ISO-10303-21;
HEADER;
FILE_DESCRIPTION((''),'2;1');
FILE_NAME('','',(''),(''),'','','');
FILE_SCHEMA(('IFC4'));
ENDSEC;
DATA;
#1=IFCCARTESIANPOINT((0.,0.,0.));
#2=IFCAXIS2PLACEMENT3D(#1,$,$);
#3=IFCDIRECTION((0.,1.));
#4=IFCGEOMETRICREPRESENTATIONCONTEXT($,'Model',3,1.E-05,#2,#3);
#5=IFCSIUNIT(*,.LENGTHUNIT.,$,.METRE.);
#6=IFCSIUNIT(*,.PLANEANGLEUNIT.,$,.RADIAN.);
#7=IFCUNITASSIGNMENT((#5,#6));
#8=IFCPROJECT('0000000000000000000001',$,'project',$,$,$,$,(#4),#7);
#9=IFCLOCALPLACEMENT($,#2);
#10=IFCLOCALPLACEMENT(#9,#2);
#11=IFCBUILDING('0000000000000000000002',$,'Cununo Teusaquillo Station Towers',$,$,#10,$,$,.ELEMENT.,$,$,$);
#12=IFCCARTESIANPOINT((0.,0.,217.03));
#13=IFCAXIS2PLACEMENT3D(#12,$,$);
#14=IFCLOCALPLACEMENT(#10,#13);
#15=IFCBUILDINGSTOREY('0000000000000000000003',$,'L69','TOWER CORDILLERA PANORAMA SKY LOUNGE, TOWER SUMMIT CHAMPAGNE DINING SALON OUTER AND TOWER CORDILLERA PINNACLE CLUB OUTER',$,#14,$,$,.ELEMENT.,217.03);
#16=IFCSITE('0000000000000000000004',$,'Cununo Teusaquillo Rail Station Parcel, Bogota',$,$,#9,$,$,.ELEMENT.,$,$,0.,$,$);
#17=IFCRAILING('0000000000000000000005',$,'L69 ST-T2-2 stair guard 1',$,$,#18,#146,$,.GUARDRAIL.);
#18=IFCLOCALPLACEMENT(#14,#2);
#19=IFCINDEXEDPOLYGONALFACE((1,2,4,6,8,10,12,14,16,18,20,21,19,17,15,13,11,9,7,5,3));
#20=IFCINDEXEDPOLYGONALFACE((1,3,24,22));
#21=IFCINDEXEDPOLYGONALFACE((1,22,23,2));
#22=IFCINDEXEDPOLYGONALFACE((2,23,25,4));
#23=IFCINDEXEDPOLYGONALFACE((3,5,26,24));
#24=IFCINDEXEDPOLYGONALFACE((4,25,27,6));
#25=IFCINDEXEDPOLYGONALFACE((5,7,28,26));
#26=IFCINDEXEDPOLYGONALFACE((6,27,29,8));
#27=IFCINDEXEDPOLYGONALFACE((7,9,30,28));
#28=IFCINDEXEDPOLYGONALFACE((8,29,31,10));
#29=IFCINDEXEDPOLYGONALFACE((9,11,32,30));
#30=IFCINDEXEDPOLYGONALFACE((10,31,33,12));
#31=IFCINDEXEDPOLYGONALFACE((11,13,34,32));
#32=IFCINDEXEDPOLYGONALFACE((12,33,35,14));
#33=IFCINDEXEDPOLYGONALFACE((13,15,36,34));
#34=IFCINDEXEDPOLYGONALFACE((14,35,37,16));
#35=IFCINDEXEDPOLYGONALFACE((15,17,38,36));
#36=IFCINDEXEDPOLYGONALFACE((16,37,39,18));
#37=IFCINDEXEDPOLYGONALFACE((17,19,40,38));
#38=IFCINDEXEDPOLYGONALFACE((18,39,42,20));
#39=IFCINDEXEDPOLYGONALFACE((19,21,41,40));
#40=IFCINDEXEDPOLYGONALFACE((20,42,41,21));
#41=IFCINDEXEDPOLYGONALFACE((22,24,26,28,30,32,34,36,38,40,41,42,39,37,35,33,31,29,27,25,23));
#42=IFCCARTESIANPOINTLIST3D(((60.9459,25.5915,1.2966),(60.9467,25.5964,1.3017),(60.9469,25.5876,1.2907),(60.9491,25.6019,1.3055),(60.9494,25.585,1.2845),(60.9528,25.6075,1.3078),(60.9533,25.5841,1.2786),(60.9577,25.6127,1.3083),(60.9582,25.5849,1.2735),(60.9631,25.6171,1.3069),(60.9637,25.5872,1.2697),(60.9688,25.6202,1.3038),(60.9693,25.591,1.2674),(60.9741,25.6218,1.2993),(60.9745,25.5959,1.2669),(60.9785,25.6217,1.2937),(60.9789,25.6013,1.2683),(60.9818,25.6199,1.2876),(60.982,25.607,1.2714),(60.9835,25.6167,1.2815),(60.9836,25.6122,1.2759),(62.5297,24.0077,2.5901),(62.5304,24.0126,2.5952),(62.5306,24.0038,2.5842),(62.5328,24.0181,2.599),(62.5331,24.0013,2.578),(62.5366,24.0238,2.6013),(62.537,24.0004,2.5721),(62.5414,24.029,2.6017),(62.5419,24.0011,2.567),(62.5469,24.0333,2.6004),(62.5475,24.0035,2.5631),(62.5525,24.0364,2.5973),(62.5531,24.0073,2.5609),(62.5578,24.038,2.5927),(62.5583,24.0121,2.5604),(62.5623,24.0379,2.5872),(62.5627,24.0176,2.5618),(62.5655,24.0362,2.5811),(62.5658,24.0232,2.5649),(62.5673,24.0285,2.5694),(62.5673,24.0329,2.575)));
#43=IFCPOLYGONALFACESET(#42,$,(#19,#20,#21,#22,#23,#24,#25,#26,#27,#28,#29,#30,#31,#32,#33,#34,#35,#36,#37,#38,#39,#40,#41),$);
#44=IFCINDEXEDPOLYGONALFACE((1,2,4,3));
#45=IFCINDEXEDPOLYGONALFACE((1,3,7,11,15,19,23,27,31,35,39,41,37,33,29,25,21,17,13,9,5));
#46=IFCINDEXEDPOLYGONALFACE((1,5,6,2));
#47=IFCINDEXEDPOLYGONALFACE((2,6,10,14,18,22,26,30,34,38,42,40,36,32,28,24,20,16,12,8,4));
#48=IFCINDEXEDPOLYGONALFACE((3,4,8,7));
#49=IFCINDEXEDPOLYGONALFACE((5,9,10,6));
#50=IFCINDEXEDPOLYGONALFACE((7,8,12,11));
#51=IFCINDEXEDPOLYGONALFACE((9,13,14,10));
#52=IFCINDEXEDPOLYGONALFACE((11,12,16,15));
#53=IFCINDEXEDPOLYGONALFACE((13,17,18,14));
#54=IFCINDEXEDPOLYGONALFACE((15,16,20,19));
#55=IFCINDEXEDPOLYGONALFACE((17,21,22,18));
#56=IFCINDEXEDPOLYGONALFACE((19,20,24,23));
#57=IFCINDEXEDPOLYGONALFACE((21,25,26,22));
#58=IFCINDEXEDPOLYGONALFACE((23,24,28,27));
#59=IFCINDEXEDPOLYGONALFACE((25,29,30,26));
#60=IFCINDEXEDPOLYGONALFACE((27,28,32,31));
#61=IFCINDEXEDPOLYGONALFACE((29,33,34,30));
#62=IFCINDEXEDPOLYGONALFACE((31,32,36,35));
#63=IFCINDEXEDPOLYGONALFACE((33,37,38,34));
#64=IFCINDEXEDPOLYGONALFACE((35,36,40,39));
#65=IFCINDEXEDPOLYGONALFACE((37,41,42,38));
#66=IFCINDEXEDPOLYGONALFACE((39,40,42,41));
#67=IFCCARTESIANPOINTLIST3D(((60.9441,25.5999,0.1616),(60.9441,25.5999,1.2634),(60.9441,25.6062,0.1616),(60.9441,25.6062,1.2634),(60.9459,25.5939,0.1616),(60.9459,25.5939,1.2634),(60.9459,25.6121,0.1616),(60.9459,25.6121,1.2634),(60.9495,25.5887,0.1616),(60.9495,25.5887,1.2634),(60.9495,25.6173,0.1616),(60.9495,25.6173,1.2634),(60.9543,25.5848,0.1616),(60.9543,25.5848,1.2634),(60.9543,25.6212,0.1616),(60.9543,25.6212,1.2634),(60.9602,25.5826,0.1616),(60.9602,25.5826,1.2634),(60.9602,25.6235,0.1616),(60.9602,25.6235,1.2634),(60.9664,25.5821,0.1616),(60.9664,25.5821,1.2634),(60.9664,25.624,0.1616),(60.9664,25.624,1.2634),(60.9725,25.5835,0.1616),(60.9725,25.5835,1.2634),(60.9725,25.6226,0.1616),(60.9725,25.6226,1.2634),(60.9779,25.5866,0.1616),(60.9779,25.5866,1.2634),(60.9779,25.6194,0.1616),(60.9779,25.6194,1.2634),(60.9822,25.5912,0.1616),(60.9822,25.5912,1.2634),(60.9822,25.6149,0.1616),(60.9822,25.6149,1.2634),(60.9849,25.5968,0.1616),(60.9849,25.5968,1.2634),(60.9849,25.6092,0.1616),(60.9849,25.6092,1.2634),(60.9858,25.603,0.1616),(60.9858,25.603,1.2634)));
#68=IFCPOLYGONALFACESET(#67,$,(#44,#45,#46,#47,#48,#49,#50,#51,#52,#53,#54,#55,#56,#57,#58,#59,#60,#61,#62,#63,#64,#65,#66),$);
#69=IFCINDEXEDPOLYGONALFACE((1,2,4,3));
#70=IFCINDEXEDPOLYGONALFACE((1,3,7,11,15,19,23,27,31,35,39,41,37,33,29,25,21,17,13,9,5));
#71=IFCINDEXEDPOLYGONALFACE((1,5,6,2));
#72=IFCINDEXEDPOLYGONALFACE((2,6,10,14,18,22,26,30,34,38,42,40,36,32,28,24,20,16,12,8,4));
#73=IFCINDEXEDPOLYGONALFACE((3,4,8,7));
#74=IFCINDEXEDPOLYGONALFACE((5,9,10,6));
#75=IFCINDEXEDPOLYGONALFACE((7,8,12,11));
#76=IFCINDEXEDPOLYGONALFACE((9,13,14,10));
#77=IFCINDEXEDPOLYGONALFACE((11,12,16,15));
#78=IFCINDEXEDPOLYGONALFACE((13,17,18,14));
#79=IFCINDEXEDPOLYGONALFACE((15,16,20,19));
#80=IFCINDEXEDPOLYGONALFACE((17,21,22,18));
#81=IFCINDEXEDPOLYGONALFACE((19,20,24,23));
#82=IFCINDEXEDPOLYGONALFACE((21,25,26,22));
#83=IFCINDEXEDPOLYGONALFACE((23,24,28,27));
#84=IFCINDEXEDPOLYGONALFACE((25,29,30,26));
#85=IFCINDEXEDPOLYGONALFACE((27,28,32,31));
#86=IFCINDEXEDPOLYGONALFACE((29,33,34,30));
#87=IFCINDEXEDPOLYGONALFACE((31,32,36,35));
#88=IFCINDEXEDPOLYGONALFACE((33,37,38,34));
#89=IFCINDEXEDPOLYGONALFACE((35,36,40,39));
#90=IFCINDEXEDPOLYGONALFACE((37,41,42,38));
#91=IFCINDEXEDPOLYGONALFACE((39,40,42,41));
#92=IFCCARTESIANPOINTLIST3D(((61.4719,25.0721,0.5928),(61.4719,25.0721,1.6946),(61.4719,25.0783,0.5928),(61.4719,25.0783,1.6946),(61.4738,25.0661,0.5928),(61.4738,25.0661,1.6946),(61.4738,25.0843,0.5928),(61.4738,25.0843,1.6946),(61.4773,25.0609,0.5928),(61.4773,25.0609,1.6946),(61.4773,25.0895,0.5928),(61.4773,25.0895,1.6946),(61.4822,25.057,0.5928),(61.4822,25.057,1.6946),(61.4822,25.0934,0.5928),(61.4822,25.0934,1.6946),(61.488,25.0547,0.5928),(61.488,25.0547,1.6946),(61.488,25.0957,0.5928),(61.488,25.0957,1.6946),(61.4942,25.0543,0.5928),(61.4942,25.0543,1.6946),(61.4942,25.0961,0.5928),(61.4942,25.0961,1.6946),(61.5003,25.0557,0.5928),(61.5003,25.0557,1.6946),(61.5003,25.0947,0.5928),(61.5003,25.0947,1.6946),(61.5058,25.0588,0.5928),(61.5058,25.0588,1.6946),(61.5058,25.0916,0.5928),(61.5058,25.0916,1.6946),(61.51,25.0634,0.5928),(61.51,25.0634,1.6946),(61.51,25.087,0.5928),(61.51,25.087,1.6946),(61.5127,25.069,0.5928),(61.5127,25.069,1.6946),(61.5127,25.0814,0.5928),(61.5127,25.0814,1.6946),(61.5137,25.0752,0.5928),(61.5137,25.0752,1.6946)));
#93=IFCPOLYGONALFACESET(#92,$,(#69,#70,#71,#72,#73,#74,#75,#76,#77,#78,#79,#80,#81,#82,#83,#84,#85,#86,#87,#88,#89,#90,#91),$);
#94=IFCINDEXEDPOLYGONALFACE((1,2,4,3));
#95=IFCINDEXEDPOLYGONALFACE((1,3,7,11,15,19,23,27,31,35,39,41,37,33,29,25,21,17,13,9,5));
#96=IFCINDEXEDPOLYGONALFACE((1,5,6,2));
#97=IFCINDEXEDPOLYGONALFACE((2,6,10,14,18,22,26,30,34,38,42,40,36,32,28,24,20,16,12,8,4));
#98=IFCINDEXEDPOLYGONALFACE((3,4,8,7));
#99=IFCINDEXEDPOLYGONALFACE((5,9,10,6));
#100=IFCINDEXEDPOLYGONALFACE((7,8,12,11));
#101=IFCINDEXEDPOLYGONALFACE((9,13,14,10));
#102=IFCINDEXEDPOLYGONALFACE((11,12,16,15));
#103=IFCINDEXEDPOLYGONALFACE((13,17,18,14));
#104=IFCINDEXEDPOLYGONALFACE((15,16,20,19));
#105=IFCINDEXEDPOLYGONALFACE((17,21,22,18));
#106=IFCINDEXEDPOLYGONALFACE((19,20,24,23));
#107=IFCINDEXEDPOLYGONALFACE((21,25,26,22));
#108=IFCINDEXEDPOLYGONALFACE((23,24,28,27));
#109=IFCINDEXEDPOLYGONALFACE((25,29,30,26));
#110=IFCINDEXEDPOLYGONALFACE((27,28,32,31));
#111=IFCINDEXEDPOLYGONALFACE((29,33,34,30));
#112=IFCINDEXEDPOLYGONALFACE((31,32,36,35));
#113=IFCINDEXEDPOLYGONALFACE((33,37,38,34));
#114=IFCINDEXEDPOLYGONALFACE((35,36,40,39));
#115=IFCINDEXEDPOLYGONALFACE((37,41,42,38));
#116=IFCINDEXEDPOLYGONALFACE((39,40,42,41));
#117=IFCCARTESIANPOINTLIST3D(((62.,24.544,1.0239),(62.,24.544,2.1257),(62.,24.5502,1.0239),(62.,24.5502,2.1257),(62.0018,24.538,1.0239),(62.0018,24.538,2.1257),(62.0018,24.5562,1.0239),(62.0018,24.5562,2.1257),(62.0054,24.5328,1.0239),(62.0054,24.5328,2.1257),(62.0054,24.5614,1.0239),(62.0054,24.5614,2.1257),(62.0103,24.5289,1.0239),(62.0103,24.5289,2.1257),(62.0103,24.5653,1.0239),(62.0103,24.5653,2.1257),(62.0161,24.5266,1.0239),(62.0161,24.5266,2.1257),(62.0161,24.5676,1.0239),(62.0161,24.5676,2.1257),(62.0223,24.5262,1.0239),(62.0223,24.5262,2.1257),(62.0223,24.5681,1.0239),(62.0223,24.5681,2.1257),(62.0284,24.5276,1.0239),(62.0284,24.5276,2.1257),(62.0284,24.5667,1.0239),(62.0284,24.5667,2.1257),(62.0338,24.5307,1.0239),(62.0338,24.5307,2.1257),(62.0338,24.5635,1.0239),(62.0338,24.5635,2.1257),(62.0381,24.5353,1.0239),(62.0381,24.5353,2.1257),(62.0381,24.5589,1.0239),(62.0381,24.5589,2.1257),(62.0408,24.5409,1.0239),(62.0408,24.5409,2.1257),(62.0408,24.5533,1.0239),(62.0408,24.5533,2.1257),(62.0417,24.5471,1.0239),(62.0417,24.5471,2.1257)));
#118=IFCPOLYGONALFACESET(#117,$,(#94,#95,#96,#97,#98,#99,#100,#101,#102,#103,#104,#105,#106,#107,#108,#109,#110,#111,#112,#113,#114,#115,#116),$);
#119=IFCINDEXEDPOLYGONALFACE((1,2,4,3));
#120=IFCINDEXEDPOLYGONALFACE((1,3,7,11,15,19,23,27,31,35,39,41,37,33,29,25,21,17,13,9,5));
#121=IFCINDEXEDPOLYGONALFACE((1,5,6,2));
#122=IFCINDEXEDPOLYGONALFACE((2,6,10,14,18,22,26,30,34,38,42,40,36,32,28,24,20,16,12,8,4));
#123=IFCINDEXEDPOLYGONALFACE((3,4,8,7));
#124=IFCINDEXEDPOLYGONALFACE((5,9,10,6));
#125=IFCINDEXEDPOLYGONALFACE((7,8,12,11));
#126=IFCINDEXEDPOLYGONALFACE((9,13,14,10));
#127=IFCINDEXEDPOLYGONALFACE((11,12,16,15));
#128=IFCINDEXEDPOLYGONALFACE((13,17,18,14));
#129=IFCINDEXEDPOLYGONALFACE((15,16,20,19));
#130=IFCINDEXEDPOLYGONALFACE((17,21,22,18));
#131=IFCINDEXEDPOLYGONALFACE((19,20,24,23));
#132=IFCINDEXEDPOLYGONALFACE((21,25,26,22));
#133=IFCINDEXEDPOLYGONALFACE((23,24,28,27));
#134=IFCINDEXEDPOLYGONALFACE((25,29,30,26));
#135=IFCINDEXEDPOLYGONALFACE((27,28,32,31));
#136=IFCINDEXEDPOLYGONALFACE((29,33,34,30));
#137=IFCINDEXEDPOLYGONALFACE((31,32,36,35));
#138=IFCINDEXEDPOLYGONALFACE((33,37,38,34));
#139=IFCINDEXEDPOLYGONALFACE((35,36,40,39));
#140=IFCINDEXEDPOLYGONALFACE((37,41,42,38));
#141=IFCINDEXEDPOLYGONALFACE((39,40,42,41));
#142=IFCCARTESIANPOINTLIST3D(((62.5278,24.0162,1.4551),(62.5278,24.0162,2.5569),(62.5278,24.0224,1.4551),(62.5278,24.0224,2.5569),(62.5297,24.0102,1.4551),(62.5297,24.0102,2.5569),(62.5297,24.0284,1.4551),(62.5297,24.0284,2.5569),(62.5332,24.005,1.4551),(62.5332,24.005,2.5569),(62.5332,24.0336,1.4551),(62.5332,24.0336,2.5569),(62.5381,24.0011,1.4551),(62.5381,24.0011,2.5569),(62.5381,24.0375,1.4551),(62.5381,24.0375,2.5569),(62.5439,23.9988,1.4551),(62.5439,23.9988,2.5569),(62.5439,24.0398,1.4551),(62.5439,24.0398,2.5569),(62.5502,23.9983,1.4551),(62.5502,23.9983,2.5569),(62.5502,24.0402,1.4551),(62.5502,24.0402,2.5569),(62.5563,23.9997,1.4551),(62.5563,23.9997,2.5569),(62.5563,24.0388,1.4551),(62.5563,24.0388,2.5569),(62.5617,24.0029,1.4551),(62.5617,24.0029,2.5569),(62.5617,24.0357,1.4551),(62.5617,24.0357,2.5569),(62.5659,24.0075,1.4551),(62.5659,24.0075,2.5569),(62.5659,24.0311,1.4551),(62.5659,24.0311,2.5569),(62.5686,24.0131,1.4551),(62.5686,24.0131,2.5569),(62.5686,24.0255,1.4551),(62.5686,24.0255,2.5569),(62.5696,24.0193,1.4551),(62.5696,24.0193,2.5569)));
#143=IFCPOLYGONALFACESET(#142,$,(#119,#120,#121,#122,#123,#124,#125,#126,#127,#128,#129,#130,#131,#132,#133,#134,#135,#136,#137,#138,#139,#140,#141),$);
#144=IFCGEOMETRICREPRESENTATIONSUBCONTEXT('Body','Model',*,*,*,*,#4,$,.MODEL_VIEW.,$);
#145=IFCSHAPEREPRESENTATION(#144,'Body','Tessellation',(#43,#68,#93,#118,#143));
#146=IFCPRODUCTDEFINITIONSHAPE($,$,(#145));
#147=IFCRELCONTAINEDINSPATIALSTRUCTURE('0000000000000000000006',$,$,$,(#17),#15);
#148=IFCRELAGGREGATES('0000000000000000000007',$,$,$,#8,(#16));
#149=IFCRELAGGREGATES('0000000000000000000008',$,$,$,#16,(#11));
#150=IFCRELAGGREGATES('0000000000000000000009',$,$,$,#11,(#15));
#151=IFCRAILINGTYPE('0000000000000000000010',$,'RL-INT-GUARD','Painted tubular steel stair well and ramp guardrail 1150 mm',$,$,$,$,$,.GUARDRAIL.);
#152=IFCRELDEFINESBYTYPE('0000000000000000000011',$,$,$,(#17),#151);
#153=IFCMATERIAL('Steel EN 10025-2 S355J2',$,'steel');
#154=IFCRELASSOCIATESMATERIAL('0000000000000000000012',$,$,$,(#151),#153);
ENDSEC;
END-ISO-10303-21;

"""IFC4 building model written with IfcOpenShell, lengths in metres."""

from ifc_helpers import new_model, si_unit, direction, frame, origin, origin_2d, place, context, subcontext, project, spatial, circle, extrude, material, type_object, element, save


model = new_model("IFC4")

# Units and contexts
model_context = context("Model", 3, precision=1e-05, world=origin(), true_north=direction((0.0, 1.0)))
body_context = subcontext(model_context, "Body", "Model", "MODEL_VIEW")
ifc_project = project(units=[si_unit("LENGTHUNIT", "METRE"), si_unit("PLANEANGLEUNIT", "RADIAN")], contexts=[model_context])

# Site, building, storey
site_placement = place(None, origin())
site = spatial("IfcSite", under=ifc_project, at=site_placement, Name="Cununo Teusaquillo Rail Station Parcel, Bogota", CompositionType="ELEMENT", RefElevation=0.0)
building_placement = place(site_placement, origin())
building = spatial("IfcBuilding", under=site, at=building_placement, Name="Cununo Teusaquillo Station Towers", CompositionType="ELEMENT")
storey_placement = place(building_placement, frame((0.0, 0.0, 217.03)))
storey = spatial("IfcBuildingStorey", under=building, at=storey_placement, Name="L69", Description="TOWER CORDILLERA PANORAMA SKY LOUNGE, TOWER SUMMIT CHAMPAGNE DINING SALON OUTER AND TOWER CORDILLERA PINNACLE CLUB OUTER", CompositionType="ELEMENT", Elevation=217.03)

# Railing
ifc_material_1 = material(Name="Steel EN 10025-2 S355J2", Category="steel")
railing_type_1 = type_object("IfcRailingType", Name="RL-INT-GUARD", Description="Painted tubular steel stair well and ramp guardrail 1150 mm", PredefinedType="GUARDRAIL", material=ifc_material_1)
railing_1_placement = place(storey_placement, frame((60.9648, 25.603, 0.1616)))
element("IfcRailing", 1, at=railing_1_placement, inside=storey, type_object=railing_type_1, Name="L69 ST-T2-2 stair guard 1", PredefinedType="GUARDRAIL", context=body_context, shape_type="SweptSolid", body=[
    extrude(circle(Radius=0.0239, at=origin_2d()), frame((0.0, 0.0, 1.126), z_axis=(0.612332, -0.612332, 0.500098), x_axis=(0.707107, 0.707107, 0.0)), (0.0, 0.0, 1.0), 2.5864),
    extrude(circle(Radius=0.021, at=origin_2d()), origin(), (0.0, 0.0, 1.0), 1.1018),
    extrude(circle(Radius=0.021, at=origin_2d()), frame((0.5278, -0.5278, 0.4312)), (0.0, 0.0, 1.0), 1.1018),
    extrude(circle(Radius=0.021, at=origin_2d()), frame((1.0559, -1.0559, 0.8623)), (0.0, 0.0, 1.0), 1.1018),
    extrude(circle(Radius=0.021, at=origin_2d()), frame((1.5837, -1.5837, 1.2935)), (0.0, 0.0, 1.0), 1.1018),
])

save(model, "model.ifc")
